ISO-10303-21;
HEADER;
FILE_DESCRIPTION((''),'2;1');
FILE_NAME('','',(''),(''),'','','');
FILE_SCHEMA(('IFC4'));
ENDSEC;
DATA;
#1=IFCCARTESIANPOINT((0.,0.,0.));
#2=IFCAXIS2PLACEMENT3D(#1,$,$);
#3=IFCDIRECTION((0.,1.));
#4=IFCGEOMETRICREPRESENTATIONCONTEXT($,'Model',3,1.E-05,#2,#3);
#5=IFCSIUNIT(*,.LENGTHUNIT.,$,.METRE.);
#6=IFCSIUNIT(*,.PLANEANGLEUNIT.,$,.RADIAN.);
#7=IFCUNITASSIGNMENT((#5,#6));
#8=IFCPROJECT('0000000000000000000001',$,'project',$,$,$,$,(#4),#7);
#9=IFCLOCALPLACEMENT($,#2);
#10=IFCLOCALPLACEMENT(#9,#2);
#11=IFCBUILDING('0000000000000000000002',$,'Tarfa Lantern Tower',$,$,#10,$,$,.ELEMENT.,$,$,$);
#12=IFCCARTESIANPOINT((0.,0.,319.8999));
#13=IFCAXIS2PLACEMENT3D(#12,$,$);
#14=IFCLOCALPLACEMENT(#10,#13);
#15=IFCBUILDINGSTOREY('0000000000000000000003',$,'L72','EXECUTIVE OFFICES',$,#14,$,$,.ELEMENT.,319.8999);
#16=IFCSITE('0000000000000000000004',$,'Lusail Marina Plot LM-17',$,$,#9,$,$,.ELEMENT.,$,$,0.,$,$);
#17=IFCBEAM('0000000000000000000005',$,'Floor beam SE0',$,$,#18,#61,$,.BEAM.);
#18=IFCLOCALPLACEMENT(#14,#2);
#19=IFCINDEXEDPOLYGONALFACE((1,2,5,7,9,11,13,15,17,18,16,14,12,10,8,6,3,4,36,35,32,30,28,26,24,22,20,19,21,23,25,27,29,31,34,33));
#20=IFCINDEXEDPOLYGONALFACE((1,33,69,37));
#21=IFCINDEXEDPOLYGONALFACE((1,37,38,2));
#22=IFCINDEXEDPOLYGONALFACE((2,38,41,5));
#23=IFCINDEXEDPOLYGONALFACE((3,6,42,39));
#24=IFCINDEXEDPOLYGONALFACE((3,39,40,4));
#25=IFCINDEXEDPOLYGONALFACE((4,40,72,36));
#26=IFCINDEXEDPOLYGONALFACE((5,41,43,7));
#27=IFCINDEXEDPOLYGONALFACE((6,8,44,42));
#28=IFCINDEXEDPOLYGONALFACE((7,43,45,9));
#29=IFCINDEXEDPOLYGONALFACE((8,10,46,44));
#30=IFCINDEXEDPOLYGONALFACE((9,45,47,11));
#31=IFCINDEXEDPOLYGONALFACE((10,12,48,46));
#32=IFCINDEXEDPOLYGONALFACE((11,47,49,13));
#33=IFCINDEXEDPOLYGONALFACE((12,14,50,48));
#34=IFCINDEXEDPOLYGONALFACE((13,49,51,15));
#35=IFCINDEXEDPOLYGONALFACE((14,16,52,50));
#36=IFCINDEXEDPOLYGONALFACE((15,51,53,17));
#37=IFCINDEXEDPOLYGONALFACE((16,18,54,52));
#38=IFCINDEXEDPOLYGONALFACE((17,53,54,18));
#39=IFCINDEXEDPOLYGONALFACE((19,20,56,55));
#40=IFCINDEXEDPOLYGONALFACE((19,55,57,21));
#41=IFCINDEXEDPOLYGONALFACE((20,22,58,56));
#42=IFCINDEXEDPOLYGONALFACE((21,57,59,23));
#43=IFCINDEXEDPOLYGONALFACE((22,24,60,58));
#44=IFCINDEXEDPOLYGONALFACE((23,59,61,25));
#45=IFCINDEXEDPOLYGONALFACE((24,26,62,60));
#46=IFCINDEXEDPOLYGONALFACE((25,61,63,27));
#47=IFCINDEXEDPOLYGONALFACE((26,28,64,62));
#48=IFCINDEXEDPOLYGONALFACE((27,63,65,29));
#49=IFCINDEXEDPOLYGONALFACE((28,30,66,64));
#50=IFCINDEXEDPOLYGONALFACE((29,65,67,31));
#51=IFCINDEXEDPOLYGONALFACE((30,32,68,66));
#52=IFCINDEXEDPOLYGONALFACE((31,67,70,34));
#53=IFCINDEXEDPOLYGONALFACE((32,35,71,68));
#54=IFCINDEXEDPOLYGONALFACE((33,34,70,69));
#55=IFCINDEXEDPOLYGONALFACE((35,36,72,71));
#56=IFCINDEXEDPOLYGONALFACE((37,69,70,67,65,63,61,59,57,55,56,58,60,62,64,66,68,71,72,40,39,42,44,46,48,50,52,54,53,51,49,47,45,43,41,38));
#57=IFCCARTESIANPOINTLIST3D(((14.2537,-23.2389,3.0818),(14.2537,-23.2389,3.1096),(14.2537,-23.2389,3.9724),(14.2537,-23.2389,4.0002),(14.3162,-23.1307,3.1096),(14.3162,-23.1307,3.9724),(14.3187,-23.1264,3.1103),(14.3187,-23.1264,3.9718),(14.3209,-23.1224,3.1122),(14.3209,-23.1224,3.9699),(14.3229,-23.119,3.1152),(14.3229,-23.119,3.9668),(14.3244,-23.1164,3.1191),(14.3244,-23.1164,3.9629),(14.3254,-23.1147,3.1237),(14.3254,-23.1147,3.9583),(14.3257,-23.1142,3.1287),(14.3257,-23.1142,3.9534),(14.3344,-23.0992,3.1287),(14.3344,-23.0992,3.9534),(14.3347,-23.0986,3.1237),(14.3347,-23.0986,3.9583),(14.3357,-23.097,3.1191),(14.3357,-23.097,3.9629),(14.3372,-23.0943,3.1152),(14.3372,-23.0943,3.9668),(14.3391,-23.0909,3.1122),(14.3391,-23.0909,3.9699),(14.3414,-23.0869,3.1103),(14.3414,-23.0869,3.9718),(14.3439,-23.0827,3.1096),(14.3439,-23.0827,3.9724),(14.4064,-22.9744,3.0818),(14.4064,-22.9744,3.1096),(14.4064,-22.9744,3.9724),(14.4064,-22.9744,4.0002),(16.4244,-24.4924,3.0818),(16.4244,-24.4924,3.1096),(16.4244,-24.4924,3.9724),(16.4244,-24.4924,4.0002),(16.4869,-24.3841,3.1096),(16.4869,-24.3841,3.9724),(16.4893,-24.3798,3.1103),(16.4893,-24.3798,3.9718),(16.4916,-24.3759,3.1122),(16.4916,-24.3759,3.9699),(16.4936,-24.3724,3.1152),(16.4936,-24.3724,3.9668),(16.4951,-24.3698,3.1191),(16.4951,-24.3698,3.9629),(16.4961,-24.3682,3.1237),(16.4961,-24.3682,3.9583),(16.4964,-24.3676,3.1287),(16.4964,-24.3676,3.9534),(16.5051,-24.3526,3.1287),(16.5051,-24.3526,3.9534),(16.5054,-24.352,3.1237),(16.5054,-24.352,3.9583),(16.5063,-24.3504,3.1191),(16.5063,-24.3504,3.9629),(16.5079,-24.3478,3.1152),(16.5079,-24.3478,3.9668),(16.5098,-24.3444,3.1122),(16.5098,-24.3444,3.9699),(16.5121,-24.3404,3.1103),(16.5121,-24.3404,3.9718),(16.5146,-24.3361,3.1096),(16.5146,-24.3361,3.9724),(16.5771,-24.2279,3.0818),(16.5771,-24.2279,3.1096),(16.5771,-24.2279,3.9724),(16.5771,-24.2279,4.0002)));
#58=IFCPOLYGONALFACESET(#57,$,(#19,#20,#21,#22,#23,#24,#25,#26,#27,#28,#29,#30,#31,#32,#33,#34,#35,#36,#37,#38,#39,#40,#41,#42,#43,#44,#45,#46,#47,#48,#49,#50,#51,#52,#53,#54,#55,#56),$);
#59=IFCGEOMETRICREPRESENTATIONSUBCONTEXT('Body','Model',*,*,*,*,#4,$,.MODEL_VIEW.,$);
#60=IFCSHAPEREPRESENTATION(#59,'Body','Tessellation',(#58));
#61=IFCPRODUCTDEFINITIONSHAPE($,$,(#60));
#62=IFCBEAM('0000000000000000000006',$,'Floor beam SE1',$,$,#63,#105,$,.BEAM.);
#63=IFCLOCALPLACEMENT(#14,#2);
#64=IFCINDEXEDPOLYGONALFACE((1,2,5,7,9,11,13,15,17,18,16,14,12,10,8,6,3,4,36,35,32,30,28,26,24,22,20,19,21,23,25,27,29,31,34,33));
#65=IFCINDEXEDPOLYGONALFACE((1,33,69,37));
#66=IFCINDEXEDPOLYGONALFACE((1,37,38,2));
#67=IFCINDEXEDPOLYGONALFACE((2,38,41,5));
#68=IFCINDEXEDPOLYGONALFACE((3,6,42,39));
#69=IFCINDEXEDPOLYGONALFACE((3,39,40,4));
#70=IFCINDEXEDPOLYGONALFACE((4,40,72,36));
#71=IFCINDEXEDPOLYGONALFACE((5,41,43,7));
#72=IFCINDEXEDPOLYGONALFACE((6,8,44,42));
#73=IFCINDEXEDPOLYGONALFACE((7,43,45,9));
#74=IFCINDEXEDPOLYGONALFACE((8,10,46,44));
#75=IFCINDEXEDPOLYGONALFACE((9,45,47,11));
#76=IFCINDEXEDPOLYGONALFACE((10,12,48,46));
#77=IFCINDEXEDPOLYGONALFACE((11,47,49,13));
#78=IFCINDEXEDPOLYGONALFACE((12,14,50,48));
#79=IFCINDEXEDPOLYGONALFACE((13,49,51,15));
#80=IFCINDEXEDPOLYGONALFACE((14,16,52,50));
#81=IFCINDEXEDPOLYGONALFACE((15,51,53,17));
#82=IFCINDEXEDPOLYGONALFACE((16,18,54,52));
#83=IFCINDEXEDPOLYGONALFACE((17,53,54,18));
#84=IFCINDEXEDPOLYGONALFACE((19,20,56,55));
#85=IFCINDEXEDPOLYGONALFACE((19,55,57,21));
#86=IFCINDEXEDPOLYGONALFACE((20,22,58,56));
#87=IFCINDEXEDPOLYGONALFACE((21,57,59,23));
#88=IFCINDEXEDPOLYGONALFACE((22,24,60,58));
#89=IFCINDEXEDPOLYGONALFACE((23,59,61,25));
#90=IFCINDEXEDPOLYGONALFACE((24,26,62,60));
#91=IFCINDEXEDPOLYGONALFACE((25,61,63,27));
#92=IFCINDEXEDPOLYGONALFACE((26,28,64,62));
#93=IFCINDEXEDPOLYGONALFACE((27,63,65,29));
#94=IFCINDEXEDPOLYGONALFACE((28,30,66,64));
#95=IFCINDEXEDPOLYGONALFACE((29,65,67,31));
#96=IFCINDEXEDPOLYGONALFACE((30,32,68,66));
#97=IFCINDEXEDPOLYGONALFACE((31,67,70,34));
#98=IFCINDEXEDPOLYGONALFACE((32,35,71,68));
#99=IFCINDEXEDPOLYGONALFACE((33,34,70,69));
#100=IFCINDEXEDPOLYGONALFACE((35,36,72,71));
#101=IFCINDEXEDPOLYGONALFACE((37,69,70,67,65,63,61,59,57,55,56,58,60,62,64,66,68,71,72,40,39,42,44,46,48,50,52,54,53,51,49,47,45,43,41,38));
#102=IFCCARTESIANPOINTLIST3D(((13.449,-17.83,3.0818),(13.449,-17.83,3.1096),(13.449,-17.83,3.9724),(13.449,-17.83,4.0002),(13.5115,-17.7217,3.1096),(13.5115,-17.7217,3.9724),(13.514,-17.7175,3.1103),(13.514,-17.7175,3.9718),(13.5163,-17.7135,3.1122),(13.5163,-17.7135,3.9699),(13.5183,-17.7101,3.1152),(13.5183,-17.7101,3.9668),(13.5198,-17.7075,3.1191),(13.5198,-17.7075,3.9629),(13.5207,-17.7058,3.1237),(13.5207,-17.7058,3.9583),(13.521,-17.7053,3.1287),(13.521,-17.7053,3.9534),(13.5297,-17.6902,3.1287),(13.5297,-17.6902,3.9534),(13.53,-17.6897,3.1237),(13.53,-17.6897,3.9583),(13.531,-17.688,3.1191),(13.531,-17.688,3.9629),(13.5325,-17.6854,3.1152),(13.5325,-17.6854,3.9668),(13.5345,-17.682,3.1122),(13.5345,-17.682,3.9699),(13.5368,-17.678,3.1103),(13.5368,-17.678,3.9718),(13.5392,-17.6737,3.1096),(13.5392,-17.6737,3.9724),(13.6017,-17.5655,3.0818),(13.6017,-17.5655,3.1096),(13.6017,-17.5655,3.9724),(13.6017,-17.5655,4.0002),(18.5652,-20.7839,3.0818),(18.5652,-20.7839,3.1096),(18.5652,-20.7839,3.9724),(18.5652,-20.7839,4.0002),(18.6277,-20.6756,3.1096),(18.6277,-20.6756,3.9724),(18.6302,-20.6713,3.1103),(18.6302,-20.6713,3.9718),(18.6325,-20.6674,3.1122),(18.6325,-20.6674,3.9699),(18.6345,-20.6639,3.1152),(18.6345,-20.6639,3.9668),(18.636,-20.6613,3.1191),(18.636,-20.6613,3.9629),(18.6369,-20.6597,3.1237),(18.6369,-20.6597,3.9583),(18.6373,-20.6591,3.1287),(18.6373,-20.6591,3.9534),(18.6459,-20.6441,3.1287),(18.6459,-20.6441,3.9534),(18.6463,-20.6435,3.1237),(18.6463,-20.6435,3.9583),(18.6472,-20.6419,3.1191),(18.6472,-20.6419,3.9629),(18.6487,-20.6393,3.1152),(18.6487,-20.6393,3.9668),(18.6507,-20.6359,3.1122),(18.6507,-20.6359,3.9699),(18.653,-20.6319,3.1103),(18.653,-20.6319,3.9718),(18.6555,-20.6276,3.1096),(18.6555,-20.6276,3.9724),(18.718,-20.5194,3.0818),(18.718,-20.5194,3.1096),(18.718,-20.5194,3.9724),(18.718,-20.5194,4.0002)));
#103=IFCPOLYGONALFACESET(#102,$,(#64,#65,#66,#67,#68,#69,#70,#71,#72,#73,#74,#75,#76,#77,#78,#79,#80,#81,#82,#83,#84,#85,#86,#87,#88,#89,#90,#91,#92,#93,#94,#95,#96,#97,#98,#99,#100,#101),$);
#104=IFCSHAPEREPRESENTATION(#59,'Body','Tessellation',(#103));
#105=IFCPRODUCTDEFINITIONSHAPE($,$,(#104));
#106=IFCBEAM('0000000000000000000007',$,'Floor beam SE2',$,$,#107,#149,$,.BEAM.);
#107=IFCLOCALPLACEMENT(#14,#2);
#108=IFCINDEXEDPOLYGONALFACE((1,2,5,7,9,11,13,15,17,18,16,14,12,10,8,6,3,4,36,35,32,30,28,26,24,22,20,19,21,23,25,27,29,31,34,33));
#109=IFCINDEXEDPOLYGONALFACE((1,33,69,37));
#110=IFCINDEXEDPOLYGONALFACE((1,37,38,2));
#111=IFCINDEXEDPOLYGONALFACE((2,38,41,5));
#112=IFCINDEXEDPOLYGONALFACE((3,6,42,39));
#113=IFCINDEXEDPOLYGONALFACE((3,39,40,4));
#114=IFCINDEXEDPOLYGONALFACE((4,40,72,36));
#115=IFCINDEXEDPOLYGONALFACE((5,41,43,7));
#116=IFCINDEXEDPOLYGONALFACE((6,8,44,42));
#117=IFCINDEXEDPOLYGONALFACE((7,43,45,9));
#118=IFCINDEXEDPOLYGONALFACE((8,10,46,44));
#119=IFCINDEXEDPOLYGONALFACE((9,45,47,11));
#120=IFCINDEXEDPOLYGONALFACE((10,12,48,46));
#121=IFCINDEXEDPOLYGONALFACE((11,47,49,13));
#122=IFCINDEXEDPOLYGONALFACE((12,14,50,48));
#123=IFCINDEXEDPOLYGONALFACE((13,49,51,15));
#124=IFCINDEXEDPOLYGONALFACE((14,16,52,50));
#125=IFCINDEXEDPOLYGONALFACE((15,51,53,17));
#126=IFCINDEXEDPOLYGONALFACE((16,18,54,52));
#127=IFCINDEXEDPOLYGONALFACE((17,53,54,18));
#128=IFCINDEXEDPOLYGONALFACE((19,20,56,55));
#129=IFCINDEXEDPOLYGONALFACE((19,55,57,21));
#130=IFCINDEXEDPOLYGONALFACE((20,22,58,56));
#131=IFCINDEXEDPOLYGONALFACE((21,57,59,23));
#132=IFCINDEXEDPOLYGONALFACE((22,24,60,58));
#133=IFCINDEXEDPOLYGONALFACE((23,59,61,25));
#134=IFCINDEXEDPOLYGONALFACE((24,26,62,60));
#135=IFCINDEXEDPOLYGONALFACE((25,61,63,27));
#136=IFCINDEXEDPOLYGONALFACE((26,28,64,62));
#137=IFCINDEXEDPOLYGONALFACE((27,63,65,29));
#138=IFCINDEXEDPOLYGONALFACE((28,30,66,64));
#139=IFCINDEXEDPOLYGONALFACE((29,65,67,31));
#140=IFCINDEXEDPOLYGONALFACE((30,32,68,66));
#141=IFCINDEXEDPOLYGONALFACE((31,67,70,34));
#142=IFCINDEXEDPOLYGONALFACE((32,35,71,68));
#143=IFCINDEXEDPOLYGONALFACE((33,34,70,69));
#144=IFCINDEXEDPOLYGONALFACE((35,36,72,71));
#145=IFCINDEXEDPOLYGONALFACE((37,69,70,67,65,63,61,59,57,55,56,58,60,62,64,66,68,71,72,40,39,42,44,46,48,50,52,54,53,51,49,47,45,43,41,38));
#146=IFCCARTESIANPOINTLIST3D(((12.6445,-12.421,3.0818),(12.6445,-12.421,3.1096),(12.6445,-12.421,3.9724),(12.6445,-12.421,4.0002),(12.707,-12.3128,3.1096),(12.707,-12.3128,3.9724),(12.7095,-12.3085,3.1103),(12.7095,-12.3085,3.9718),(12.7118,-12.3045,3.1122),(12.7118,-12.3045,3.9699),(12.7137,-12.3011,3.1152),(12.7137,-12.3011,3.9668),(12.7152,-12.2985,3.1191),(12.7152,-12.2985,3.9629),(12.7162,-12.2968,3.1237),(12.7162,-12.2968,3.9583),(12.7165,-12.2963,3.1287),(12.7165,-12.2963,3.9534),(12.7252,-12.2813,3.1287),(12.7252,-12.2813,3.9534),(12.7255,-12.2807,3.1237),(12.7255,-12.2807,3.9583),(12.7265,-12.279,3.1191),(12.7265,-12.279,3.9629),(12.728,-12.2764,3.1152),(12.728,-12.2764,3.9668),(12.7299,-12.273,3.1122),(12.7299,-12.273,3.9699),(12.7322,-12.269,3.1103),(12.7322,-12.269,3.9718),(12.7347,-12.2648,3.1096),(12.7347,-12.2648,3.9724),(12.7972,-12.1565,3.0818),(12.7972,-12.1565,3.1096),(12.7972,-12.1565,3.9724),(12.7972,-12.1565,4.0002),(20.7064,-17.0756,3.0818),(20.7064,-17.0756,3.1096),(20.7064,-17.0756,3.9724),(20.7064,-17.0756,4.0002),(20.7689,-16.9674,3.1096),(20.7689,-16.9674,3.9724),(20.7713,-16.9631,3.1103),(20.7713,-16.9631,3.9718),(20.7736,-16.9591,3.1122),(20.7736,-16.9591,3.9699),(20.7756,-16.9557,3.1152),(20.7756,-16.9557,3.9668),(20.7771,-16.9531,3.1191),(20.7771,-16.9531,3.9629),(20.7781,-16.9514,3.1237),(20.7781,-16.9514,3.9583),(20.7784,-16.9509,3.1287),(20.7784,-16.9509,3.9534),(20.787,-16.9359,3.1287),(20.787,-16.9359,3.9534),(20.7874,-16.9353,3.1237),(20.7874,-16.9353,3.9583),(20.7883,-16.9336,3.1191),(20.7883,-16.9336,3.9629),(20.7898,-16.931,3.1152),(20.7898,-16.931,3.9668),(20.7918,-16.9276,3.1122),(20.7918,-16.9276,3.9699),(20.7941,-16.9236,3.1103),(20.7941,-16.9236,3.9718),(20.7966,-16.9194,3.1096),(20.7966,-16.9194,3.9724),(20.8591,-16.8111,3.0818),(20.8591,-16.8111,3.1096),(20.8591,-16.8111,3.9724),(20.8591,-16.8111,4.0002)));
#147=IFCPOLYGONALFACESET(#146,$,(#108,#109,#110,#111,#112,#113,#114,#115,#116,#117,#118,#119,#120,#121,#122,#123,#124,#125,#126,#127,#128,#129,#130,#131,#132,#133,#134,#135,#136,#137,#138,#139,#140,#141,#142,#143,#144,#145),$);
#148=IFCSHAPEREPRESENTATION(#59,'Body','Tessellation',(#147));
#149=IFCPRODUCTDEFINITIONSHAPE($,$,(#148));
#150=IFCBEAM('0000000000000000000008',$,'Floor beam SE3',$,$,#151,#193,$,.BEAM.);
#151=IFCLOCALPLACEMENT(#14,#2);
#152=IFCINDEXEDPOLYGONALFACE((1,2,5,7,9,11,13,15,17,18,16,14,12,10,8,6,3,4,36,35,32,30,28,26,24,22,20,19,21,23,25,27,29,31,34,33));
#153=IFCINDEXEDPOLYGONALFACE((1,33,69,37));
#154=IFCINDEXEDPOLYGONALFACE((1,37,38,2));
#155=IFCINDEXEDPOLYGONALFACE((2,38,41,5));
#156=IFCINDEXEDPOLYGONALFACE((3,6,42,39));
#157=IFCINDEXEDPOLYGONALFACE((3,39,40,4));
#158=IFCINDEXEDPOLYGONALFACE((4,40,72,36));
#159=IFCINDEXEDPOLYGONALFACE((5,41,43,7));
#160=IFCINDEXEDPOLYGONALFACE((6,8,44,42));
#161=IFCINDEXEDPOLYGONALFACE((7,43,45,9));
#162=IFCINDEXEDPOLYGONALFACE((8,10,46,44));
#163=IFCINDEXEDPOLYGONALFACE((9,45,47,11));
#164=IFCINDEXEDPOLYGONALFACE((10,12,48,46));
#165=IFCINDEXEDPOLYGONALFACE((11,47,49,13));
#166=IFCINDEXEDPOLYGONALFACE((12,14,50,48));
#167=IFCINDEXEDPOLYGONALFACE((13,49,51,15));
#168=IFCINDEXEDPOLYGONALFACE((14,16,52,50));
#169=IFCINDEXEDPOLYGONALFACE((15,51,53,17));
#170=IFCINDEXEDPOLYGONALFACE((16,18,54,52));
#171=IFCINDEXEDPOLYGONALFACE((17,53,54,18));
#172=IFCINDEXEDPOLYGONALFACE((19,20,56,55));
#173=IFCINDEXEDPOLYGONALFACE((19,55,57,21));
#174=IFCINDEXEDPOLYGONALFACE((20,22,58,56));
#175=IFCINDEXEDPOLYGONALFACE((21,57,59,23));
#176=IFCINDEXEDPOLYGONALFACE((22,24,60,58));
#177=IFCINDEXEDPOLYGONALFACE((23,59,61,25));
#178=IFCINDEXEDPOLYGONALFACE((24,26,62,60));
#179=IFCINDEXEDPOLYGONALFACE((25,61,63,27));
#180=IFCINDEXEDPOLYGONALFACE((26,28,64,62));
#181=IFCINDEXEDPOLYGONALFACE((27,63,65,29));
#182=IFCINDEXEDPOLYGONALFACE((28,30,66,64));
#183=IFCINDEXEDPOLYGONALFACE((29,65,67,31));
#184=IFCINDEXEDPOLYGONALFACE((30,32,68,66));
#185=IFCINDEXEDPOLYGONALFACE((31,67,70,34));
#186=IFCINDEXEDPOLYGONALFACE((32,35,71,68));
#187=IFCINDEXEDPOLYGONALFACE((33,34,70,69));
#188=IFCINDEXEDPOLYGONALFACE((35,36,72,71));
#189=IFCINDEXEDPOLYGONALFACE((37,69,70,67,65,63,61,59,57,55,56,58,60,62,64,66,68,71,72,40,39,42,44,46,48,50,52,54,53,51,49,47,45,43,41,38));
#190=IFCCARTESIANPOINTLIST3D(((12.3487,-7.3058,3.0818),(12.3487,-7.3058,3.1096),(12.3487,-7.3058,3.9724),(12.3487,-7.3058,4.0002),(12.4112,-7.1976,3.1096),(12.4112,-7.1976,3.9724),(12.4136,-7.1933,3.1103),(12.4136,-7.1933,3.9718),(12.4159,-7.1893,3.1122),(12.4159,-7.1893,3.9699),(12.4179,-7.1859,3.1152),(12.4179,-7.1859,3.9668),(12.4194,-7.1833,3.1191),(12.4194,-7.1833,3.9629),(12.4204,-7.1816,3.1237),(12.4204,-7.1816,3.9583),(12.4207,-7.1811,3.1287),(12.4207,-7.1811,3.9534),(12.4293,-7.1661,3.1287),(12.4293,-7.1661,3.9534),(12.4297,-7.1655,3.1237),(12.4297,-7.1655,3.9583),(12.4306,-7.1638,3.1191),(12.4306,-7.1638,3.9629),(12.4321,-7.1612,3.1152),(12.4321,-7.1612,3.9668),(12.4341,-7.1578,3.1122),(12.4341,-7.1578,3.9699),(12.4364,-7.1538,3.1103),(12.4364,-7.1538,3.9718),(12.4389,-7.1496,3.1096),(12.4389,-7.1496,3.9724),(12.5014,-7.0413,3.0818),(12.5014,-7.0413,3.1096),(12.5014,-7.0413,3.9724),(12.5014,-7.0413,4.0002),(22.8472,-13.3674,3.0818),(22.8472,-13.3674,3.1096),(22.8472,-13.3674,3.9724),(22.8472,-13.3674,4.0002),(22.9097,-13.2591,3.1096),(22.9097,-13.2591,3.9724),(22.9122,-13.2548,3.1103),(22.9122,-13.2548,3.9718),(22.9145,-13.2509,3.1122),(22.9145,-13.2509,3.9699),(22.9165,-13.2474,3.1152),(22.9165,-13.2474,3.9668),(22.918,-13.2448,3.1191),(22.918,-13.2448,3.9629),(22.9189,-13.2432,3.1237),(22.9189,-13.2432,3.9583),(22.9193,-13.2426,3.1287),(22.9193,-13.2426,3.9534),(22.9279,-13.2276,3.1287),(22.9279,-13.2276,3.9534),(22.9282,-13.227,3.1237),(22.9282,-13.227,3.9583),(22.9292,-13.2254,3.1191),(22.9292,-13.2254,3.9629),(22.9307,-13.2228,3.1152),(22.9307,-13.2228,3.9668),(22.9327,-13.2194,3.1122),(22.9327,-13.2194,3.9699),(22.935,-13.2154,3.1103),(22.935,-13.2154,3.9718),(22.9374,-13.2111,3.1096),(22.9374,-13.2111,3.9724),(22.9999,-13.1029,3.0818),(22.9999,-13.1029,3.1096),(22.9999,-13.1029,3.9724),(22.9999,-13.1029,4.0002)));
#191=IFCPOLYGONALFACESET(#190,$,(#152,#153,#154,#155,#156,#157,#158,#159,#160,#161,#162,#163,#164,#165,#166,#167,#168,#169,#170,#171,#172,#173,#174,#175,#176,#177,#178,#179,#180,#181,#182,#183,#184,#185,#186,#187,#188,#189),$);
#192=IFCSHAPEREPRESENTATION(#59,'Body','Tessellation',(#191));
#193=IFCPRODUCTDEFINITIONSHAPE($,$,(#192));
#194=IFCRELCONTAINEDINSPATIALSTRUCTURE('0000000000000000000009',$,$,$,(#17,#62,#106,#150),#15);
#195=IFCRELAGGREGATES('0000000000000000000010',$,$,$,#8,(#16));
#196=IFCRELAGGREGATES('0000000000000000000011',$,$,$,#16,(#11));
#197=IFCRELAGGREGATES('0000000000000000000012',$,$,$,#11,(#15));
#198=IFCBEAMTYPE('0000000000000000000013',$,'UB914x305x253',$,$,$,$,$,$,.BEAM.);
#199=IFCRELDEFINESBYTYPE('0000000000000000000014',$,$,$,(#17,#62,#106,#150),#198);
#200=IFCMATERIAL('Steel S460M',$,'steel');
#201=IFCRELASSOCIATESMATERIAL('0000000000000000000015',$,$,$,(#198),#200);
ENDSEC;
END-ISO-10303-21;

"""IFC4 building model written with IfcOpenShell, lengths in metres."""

from ifc_helpers import new_model, si_unit, direction, frame, origin, origin_2d, place, context, subcontext, project, spatial, i_section, extrude, material, material_profile, profile_set, type_object, element, save


model = new_model("IFC4")

# Units and contexts
model_context = context("Model", 3, precision=1e-05, world=origin(), true_north=direction((0.0, 1.0)))
body_context = subcontext(model_context, "Body", "Model", "MODEL_VIEW")
ifc_project = project(units=[si_unit("LENGTHUNIT", "METRE"), si_unit("PLANEANGLEUNIT", "RADIAN")], contexts=[model_context])

# Site, building, storey
site_placement = place(None, origin())
site = spatial("IfcSite", under=ifc_project, at=site_placement, Name="Lusail Marina Plot LM-17", CompositionType="ELEMENT", RefElevation=0.0)
building_placement = place(site_placement, origin())
building = spatial("IfcBuilding", under=site, at=building_placement, Name="Tarfa Lantern Tower", CompositionType="ELEMENT")
storey_placement = place(building_placement, frame((0.0, 0.0, 319.8999)))
storey = spatial("IfcBuildingStorey", under=building, at=storey_placement, Name="L72", Description="EXECUTIVE OFFICES", CompositionType="ELEMENT", Elevation=319.8999)

# Beams
ifc_material_1 = material(Name="Steel S460M", Category="steel")
ifc_material_profile_1 = material_profile(ifc_material_1, i_section(OverallWidth=0.3054, OverallDepth=0.9185, WebThickness=0.0173, FlangeThickness=0.0278, FilletRadius=0.019, at=origin_2d()), Name="UB914x305x253")
ifc_profile_set_1 = profile_set([ifc_material_profile_1], Name="Steel S460M")
beam_type_1 = type_object("IfcBeamType", Name="UB914x305x253", PredefinedType="BEAM", material=ifc_profile_set_1)
beam_1_placement = place(storey_placement, frame((16.5007, -24.3601, 3.541), z_axis=(-0.865993, 0.500057, 0.0), x_axis=(-0.500057, -0.865993, 0.0)))
element("IfcBeam", 1, at=beam_1_placement, inside=storey, type_object=beam_type_1, Name="Floor beam SE0", PredefinedType="BEAM", context=body_context, shape_type="SweptSolid", body=[
    extrude(i_section(OverallWidth=0.3054, OverallDepth=0.9185, WebThickness=0.0173, FlangeThickness=0.0278, FilletRadius=0.019, at=origin_2d()), origin(), (0.0, 0.0, 1.0), 2.5066),
])
beam_2_placement = place(storey_placement, frame((18.6416, -20.6516, 3.541), z_axis=(-0.866025, 0.500001, 0.0), x_axis=(-0.500001, -0.866025, 0.0)))
element("IfcBeam", 2, at=beam_2_placement, inside=storey, type_object=beam_type_1, Name="Floor beam SE1", PredefinedType="BEAM", context=body_context, shape_type="SweptSolid", body=[
    extrude(i_section(OverallWidth=0.3054, OverallDepth=0.9185, WebThickness=0.0173, FlangeThickness=0.0278, FilletRadius=0.019, at=origin_2d()), origin(), (0.0, 0.0, 1.0), 5.9077),
])
beam_3_placement = place(storey_placement, frame((20.7827, -16.9434, 3.541), z_axis=(-0.866022, 0.500006, 0.0), x_axis=(-0.500006, -0.866022, 0.0)))
element("IfcBeam", 3, at=beam_3_placement, inside=storey, type_object=beam_type_1, Name="Floor beam SE2", PredefinedType="BEAM", context=body_context, shape_type="SweptSolid", body=[
    extrude(i_section(OverallWidth=0.3054, OverallDepth=0.9185, WebThickness=0.0173, FlangeThickness=0.0278, FilletRadius=0.019, at=origin_2d()), origin(), (0.0, 0.0, 1.0), 9.3091),
])
beam_4_placement = place(storey_placement, frame((22.9236, -13.2351, 3.541), z_axis=(-0.866019, 0.500012, 0.0), x_axis=(-0.500012, -0.866019, 0.0)))
element("IfcBeam", 4, at=beam_4_placement, inside=storey, type_object=beam_type_1, Name="Floor beam SE3", PredefinedType="BEAM", context=body_context, shape_type="SweptSolid", body=[
    extrude(i_section(OverallWidth=0.3054, OverallDepth=0.9185, WebThickness=0.0173, FlangeThickness=0.0278, FilletRadius=0.019, at=origin_2d()), origin(), (0.0, 0.0, 1.0), 12.1228),
])

save(model, "model.ifc")
